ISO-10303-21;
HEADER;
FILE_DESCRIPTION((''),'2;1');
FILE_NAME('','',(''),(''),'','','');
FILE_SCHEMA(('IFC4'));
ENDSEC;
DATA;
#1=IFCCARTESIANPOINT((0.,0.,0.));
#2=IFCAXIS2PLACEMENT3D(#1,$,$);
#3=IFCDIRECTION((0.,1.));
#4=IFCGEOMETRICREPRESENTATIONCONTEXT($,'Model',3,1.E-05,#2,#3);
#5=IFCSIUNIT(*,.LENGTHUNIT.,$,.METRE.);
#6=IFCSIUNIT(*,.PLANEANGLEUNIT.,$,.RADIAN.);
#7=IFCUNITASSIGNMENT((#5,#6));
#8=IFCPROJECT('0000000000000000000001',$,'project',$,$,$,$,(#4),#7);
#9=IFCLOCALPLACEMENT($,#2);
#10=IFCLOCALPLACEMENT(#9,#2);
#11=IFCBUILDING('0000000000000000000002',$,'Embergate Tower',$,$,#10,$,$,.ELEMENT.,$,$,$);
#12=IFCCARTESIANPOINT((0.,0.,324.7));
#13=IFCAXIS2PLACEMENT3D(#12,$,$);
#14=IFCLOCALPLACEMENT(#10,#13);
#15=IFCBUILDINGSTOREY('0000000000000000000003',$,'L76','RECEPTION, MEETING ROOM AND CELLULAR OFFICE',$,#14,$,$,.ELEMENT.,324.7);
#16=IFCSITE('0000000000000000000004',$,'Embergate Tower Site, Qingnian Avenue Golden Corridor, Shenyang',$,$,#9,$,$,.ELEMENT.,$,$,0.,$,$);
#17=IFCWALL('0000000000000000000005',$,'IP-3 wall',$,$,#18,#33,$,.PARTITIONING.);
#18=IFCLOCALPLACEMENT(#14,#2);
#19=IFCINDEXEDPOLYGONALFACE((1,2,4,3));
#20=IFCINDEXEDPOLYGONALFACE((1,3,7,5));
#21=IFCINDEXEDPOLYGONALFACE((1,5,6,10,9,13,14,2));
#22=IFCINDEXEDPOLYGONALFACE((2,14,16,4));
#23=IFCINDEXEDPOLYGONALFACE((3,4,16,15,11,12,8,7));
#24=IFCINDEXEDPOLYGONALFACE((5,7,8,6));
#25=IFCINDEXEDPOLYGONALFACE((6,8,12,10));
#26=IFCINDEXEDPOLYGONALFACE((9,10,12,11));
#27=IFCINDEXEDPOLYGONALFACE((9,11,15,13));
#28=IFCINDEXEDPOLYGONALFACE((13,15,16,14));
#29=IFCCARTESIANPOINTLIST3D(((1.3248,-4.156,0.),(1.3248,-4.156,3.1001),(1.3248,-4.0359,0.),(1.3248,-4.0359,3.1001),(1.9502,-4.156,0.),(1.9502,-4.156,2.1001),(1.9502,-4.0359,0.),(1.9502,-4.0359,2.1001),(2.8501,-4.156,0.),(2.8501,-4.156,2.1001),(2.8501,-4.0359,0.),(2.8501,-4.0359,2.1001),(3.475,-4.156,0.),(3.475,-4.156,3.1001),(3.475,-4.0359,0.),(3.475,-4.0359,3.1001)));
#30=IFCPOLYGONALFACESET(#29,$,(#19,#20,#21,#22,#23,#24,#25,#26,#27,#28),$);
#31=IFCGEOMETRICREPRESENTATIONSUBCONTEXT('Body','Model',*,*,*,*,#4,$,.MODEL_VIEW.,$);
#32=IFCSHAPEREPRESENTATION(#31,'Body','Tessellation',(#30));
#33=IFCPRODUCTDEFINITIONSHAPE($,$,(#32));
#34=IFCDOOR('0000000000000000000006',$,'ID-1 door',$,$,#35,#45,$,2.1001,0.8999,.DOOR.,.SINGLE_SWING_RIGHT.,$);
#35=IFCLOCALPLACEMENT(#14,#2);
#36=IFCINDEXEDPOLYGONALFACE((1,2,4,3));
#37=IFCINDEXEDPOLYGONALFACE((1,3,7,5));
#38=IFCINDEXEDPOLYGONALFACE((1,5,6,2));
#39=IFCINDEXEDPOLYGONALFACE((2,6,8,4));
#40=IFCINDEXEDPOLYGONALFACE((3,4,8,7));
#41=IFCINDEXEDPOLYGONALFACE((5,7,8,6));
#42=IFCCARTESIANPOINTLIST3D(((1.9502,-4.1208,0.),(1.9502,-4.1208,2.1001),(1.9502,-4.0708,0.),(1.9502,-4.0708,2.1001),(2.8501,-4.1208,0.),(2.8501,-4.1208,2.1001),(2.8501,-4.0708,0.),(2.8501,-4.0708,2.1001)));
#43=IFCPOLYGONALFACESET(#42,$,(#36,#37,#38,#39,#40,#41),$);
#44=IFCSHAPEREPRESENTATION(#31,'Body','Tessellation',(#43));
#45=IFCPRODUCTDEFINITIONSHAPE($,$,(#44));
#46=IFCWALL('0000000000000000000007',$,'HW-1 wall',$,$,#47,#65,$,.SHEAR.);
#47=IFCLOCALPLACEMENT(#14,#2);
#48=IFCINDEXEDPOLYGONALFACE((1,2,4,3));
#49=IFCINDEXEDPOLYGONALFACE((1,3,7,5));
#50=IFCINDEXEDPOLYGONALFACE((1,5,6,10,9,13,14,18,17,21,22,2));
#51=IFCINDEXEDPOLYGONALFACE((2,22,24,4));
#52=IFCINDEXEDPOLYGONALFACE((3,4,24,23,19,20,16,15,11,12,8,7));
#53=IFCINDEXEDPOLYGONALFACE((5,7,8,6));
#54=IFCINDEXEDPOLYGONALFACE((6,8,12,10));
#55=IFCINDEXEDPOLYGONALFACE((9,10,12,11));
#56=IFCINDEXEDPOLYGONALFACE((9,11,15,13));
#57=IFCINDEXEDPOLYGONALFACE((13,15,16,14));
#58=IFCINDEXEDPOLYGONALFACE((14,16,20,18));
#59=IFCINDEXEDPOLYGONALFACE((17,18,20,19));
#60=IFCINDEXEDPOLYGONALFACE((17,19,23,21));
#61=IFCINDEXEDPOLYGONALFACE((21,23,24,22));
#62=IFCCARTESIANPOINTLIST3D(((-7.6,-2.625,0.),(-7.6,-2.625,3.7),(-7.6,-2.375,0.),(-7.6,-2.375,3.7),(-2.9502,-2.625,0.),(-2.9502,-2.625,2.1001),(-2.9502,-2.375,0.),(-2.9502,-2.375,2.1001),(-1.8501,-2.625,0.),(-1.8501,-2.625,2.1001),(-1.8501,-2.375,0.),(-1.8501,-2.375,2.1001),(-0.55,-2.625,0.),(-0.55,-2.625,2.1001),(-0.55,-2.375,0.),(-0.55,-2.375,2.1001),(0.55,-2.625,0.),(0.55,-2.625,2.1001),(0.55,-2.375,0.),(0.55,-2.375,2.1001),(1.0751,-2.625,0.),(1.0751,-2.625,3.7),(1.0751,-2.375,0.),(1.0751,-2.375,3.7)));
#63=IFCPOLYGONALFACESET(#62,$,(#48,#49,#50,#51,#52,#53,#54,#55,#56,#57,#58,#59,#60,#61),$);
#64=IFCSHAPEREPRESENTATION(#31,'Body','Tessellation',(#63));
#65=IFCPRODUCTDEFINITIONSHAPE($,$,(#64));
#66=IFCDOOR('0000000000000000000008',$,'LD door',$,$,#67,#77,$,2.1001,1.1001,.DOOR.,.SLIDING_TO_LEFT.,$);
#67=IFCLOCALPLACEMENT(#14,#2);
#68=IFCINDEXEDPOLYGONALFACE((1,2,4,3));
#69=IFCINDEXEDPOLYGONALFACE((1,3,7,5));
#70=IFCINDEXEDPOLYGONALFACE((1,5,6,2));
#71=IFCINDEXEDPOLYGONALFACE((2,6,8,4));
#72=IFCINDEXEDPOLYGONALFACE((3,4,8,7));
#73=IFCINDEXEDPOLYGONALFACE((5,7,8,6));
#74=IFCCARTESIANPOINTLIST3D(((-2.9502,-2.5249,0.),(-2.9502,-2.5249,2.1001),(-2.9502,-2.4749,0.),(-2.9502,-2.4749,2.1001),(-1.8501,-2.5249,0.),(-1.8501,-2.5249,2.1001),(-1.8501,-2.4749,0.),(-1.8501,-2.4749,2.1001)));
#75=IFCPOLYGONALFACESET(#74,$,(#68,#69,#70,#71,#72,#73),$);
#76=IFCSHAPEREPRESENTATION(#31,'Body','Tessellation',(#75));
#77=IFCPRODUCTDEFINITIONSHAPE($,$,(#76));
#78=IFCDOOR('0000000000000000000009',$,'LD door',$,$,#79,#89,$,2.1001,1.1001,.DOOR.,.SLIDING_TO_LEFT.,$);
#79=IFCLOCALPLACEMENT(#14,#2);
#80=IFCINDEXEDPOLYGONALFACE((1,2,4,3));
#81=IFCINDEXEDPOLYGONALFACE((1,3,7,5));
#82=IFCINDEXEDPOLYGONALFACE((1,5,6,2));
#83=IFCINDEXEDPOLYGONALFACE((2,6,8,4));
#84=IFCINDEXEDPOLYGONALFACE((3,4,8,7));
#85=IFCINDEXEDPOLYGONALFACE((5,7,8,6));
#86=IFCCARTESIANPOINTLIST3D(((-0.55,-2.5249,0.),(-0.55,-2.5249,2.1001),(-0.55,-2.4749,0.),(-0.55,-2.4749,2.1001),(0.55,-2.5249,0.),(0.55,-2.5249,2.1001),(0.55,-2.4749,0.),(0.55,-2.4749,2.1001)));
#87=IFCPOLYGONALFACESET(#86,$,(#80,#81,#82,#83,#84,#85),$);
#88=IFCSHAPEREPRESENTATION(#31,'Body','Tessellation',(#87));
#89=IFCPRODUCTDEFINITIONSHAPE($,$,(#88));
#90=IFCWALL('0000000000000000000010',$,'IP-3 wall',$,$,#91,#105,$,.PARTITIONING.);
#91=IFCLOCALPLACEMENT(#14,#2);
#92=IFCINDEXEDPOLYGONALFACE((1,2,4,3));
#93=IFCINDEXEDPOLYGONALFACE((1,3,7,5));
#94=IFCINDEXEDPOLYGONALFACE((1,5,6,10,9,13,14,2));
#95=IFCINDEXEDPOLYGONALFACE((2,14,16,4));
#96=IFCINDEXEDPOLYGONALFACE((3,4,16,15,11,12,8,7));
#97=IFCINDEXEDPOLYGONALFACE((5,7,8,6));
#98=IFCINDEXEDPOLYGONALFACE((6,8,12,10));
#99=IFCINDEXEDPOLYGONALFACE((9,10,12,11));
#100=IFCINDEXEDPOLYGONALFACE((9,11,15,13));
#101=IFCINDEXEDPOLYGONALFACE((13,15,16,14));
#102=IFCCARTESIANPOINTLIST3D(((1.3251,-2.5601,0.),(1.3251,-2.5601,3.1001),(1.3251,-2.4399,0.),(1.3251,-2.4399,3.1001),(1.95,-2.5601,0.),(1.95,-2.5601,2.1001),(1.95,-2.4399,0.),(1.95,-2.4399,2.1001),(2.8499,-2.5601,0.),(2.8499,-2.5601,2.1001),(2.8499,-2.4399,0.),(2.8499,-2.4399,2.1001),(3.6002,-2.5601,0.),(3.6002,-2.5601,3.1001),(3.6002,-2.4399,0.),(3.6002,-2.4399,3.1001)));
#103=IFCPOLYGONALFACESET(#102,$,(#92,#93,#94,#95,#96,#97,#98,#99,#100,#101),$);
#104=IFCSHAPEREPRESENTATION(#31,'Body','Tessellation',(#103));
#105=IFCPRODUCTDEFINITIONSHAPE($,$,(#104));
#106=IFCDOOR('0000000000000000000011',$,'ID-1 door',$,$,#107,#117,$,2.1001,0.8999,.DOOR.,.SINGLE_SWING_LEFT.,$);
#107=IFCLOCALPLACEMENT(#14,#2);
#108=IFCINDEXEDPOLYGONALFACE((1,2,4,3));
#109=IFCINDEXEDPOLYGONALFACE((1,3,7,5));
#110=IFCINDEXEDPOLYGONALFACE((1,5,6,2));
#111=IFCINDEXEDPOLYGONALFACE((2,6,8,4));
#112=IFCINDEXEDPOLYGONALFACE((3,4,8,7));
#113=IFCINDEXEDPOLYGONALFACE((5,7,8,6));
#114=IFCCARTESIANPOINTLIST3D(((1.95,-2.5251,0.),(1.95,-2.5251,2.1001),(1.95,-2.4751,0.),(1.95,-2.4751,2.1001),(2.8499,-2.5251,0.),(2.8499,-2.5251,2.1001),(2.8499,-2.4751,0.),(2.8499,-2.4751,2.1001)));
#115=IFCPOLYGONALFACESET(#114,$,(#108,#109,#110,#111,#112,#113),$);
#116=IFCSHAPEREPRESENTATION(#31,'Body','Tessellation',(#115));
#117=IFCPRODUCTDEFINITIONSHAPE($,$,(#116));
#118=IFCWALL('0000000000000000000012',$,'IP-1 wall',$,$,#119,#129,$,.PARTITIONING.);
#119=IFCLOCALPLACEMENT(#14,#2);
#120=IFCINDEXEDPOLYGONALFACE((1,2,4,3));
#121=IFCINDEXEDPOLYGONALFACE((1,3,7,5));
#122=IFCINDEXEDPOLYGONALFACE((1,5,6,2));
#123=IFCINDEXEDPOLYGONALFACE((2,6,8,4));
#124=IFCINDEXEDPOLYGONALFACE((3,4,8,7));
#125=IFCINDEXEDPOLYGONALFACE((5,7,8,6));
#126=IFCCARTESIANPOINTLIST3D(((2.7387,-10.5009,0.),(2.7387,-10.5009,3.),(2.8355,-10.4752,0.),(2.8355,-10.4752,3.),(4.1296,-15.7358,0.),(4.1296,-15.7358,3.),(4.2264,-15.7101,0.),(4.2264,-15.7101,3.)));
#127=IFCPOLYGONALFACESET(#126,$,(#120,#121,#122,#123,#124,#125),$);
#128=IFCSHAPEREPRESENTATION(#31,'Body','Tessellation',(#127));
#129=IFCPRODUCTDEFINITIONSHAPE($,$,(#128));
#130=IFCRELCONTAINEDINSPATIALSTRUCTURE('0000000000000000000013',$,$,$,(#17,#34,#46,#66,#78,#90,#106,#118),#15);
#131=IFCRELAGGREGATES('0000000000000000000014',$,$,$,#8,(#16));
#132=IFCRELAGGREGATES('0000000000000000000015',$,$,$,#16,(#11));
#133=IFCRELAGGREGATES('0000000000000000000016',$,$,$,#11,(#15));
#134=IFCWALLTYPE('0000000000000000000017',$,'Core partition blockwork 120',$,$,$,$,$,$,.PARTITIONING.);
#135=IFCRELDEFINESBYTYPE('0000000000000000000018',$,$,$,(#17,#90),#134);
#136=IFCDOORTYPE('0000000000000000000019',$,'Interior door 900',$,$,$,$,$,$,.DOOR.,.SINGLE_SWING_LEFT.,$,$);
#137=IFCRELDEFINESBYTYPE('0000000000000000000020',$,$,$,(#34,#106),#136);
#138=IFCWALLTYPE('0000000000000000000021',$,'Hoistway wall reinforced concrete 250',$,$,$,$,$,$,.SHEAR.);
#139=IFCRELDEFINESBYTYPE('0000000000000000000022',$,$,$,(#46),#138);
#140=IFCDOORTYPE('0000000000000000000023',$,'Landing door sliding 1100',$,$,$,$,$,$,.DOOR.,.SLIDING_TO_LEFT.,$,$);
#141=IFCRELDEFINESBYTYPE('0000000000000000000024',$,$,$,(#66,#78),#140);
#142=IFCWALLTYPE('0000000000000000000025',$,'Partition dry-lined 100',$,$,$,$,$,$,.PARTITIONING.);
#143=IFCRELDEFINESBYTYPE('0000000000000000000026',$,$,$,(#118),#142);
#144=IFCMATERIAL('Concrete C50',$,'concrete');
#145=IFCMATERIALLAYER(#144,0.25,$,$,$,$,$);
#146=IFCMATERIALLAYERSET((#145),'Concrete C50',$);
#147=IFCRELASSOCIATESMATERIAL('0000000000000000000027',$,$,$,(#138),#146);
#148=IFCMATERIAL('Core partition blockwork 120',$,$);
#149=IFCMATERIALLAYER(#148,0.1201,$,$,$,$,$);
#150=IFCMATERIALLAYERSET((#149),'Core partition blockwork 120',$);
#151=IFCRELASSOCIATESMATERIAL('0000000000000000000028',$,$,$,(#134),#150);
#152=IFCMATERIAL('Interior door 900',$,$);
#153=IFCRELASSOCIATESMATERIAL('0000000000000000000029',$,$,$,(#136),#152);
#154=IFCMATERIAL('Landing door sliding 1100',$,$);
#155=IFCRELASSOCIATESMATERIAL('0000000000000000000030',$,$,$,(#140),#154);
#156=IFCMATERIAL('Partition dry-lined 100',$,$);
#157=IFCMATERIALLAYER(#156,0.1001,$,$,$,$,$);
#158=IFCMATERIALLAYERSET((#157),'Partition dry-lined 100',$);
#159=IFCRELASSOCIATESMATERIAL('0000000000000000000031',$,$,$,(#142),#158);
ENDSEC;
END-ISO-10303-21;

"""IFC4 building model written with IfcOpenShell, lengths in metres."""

from ifc_helpers import new_model, si_unit, direction, frame, frame_2d, origin, place, context, subcontext, project, spatial, rectangle, extrude, source, transform, mapped, material, layer, layer_set, type_object, element, fill, save


model = new_model("IFC4")

# Units and contexts
model_context = context("Model", 3, precision=1e-05, world=origin(), true_north=direction((0.0, 1.0)))
body_context = subcontext(model_context, "Body", "Model", "MODEL_VIEW")
ifc_project = project(units=[si_unit("LENGTHUNIT", "METRE"), si_unit("PLANEANGLEUNIT", "RADIAN")], contexts=[model_context])

# Site, building, storey
site_placement = place(None, origin())
site = spatial("IfcSite", under=ifc_project, at=site_placement, Name="Embergate Tower Site, Qingnian Avenue Golden Corridor, Shenyang", CompositionType="ELEMENT", RefElevation=0.0)
building_placement = place(site_placement, origin())
building = spatial("IfcBuilding", under=site, at=building_placement, Name="Embergate Tower", CompositionType="ELEMENT")
storey_placement = place(building_placement, frame((0.0, 0.0, 324.7)))
storey = spatial("IfcBuildingStorey", under=building, at=storey_placement, Name="L76", Description="RECEPTION, MEETING ROOM AND CELLULAR OFFICE", CompositionType="ELEMENT", Elevation=324.7)

# Shared definitions
ifc_material_1 = material(Name="Concrete C50", Category="concrete")
ifc_layer_1 = layer(ifc_material_1, 0.25)
ifc_layer_set_1 = layer_set([ifc_layer_1], Name="Concrete C50")
wall_type_1 = type_object("IfcWallType", Name="Hoistway wall reinforced concrete 250", PredefinedType="SHEAR", material=ifc_layer_set_1)

# Shared definitions
ifc_material_2 = material(Name="Core partition blockwork 120")
ifc_layer_2 = layer(ifc_material_2, 0.1201)
ifc_layer_set_2 = layer_set([ifc_layer_2], Name="Core partition blockwork 120")
wall_type_2 = type_object("IfcWallType", Name="Core partition blockwork 120", PredefinedType="PARTITIONING", material=ifc_layer_set_2)

# Wall, opening, door
shared_shape_1 = source(origin(), body_context, "Body", "SweptSolid", [
    extrude(rectangle(XDim=2.1501, YDim=0.1201, at=frame_2d((1.0752, 0.0))), origin(), (0.0, 0.0, 1.0), 3.1001),
])
wall_1_placement = place(storey_placement, frame((3.4751, -4.0959, 0.0), z_axis=(0.0, 0.0, 1.0), x_axis=(-1.0, 0.0, 0.0)))
wall_1 = element("IfcWall", 1, at=wall_1_placement, inside=storey, type_object=wall_type_2, Name="IP-3 wall", PredefinedType="PARTITIONING", context=body_context, shape_type="MappedRepresentation", body=[
    mapped(shared_shape_1, transform((0.0, 0.0, 0.0))),
])
shared_shape_2 = source(origin(), body_context, "Body", "SweptSolid", [
    extrude(rectangle(XDim=0.8999, YDim=2.1001, at=frame_2d((0.45, 1.05))), frame((0.0, 0.0701, 0.0), z_axis=(0.0, -1.0, 0.0), x_axis=(1.0, 0.0, 0.0)), (0.0, 0.0, 1.0), 0.1401),
])
opening_1_placement = place(wall_1_placement, frame((0.625, 0.0, 0.0)))
opening_1 = element("IfcOpeningElement", 2, at=opening_1_placement, cuts=wall_1, PredefinedType="OPENING", context=body_context, shape_type="MappedRepresentation", body=[
    mapped(shared_shape_2, transform((0.0, 0.0, 0.0))),
])
ifc_material_3 = material(Name="Interior door 900")
door_type_1 = type_object("IfcDoorType", Name="Interior door 900", OperationType="SINGLE_SWING_LEFT", PredefinedType="DOOR", material=ifc_material_3)
shared_shape_3 = source(origin(), body_context, "Body", "SweptSolid", [
    extrude(rectangle(XDim=0.8999, YDim=2.1001, at=frame_2d((0.45, 1.05))), frame((0.0, 0.0249, 0.0), z_axis=(0.0, -1.0, 0.0), x_axis=(1.0, 0.0, 0.0)), (0.0, 0.0, 1.0), 0.05),
])
door_1_placement = place(opening_1_placement, origin())
door_1 = element("IfcDoor", 3, at=door_1_placement, inside=storey, type_object=door_type_1, Name="ID-1 door", OperationType="SINGLE_SWING_RIGHT", OverallHeight=2.1001, OverallWidth=0.8999, PredefinedType="DOOR", context=body_context, shape_type="MappedRepresentation", body=[
    mapped(shared_shape_3, transform((0.0, 0.0, 0.0))),
])
fill(opening_1, door_1)

# Wall, openings, doors
shared_shape_4 = source(origin(), body_context, "Body", "SweptSolid", [
    extrude(rectangle(XDim=8.675, YDim=0.25, at=frame_2d((4.3374, 0.0))), origin(), (0.0, 0.0, 1.0), 3.7),
])
wall_2_placement = place(storey_placement, frame((1.075, -2.5, 0.0), z_axis=(0.0, 0.0, 1.0), x_axis=(-1.0, 0.0, 0.0)))
wall_2 = element("IfcWall", 4, at=wall_2_placement, inside=storey, type_object=wall_type_1, Name="HW-1 wall", PredefinedType="SHEAR", context=body_context, shape_type="MappedRepresentation", body=[
    mapped(shared_shape_4, transform((0.0, 0.0, 0.0))),
])
shared_shape_5 = source(origin(), body_context, "Body", "SweptSolid", [
    extrude(rectangle(XDim=1.1001, YDim=2.1001, at=frame_2d((0.55, 1.05))), frame((0.0, 0.135, 0.0), z_axis=(0.0, -1.0, 0.0), x_axis=(1.0, 0.0, 0.0)), (0.0, 0.0, 1.0), 0.27),
])
opening_2_placement = place(wall_2_placement, frame((2.925, 0.0, 0.0)))
opening_2 = element("IfcOpeningElement", 5, at=opening_2_placement, cuts=wall_2, PredefinedType="OPENING", context=body_context, shape_type="MappedRepresentation", body=[
    mapped(shared_shape_5, transform((0.0, 0.0, 0.0))),
])
opening_3_placement = place(wall_2_placement, frame((0.5249, 0.0, 0.0)))
opening_3 = element("IfcOpeningElement", 6, at=opening_3_placement, cuts=wall_2, PredefinedType="OPENING", context=body_context, shape_type="MappedRepresentation", body=[
    mapped(shared_shape_5, transform((0.0, 0.0, 0.0))),
])
ifc_material_4 = material(Name="Landing door sliding 1100")
door_type_2 = type_object("IfcDoorType", Name="Landing door sliding 1100", OperationType="SLIDING_TO_LEFT", PredefinedType="DOOR", material=ifc_material_4)
shared_shape_6 = source(origin(), body_context, "Body", "SweptSolid", [
    extrude(rectangle(XDim=1.1001, YDim=2.1001, at=frame_2d((0.55, 1.05))), frame((0.0, 0.0249, 0.0), z_axis=(0.0, -1.0, 0.0), x_axis=(1.0, 0.0, 0.0)), (0.0, 0.0, 1.0), 0.05),
])
door_2_placement = place(opening_2_placement, origin())
door_2 = element("IfcDoor", 7, at=door_2_placement, inside=storey, type_object=door_type_2, Name="LD door", OperationType="SLIDING_TO_LEFT", OverallHeight=2.1001, OverallWidth=1.1001, PredefinedType="DOOR", context=body_context, shape_type="MappedRepresentation", body=[
    mapped(shared_shape_6, transform((0.0, 0.0, 0.0))),
])
fill(opening_2, door_2)
door_3_placement = place(opening_3_placement, origin())
door_3 = element("IfcDoor", 8, at=door_3_placement, inside=storey, type_object=door_type_2, Name="LD door", OperationType="SLIDING_TO_LEFT", OverallHeight=2.1001, OverallWidth=1.1001, PredefinedType="DOOR", context=body_context, shape_type="MappedRepresentation", body=[
    mapped(shared_shape_6, transform((0.0, 0.0, 0.0))),
])
fill(opening_3, door_3)

# Wall, opening, door
shared_shape_7 = source(origin(), body_context, "Body", "SweptSolid", [
    extrude(rectangle(XDim=2.2751, YDim=0.1201, at=frame_2d((1.1377, 0.0))), origin(), (0.0, 0.0, 1.0), 3.1001),
])
wall_3_placement = place(storey_placement, frame((1.325, -2.5, 0.0), z_axis=(0.0, 0.0, 1.0), x_axis=(1.0, 0.0, 0.0)))
wall_3 = element("IfcWall", 9, at=wall_3_placement, inside=storey, type_object=wall_type_2, Name="IP-3 wall", PredefinedType="PARTITIONING", context=body_context, shape_type="MappedRepresentation", body=[
    mapped(shared_shape_7, transform((0.0, 0.0, 0.0))),
])
opening_4_placement = place(wall_3_placement, frame((0.625, 0.0, 0.0)))
opening_4 = element("IfcOpeningElement", 10, at=opening_4_placement, cuts=wall_3, PredefinedType="OPENING", context=body_context, shape_type="MappedRepresentation", body=[
    mapped(shared_shape_2, transform((0.0, 0.0, 0.0))),
])
door_4_placement = place(opening_4_placement, origin())
door_4 = element("IfcDoor", 11, at=door_4_placement, inside=storey, type_object=door_type_1, Name="ID-1 door", OperationType="SINGLE_SWING_LEFT", OverallHeight=2.1001, OverallWidth=0.8999, PredefinedType="DOOR", context=body_context, shape_type="MappedRepresentation", body=[
    mapped(shared_shape_3, transform((0.0, 0.0, 0.0))),
])
fill(opening_4, door_4)

# Wall
ifc_material_5 = material(Name="Partition dry-lined 100")
ifc_layer_3 = layer(ifc_material_5, 0.1001)
ifc_layer_set_3 = layer_set([ifc_layer_3], Name="Partition dry-lined 100")
wall_type_3 = type_object("IfcWallType", Name="Partition dry-lined 100", PredefinedType="PARTITIONING", material=ifc_layer_set_3)
shared_shape_8 = source(origin(), body_context, "Body", "SweptSolid", [
    extrude(rectangle(XDim=5.4165, YDim=0.1001, at=frame_2d((2.7083, 0.0))), origin(), (0.0, 0.0, 1.0), 3.0),
])
wall_4_placement = place(storey_placement, frame((2.7871, -10.488, 0.0), z_axis=(0.0, 0.0, 1.0), x_axis=(0.256784, -0.966469, 0.0)))
element("IfcWall", 12, at=wall_4_placement, inside=storey, type_object=wall_type_3, Name="IP-1 wall", PredefinedType="PARTITIONING", context=body_context, shape_type="MappedRepresentation", body=[
    mapped(shared_shape_8, transform((0.0, 0.0, 0.0))),
])

save(model, "model.ifc")
